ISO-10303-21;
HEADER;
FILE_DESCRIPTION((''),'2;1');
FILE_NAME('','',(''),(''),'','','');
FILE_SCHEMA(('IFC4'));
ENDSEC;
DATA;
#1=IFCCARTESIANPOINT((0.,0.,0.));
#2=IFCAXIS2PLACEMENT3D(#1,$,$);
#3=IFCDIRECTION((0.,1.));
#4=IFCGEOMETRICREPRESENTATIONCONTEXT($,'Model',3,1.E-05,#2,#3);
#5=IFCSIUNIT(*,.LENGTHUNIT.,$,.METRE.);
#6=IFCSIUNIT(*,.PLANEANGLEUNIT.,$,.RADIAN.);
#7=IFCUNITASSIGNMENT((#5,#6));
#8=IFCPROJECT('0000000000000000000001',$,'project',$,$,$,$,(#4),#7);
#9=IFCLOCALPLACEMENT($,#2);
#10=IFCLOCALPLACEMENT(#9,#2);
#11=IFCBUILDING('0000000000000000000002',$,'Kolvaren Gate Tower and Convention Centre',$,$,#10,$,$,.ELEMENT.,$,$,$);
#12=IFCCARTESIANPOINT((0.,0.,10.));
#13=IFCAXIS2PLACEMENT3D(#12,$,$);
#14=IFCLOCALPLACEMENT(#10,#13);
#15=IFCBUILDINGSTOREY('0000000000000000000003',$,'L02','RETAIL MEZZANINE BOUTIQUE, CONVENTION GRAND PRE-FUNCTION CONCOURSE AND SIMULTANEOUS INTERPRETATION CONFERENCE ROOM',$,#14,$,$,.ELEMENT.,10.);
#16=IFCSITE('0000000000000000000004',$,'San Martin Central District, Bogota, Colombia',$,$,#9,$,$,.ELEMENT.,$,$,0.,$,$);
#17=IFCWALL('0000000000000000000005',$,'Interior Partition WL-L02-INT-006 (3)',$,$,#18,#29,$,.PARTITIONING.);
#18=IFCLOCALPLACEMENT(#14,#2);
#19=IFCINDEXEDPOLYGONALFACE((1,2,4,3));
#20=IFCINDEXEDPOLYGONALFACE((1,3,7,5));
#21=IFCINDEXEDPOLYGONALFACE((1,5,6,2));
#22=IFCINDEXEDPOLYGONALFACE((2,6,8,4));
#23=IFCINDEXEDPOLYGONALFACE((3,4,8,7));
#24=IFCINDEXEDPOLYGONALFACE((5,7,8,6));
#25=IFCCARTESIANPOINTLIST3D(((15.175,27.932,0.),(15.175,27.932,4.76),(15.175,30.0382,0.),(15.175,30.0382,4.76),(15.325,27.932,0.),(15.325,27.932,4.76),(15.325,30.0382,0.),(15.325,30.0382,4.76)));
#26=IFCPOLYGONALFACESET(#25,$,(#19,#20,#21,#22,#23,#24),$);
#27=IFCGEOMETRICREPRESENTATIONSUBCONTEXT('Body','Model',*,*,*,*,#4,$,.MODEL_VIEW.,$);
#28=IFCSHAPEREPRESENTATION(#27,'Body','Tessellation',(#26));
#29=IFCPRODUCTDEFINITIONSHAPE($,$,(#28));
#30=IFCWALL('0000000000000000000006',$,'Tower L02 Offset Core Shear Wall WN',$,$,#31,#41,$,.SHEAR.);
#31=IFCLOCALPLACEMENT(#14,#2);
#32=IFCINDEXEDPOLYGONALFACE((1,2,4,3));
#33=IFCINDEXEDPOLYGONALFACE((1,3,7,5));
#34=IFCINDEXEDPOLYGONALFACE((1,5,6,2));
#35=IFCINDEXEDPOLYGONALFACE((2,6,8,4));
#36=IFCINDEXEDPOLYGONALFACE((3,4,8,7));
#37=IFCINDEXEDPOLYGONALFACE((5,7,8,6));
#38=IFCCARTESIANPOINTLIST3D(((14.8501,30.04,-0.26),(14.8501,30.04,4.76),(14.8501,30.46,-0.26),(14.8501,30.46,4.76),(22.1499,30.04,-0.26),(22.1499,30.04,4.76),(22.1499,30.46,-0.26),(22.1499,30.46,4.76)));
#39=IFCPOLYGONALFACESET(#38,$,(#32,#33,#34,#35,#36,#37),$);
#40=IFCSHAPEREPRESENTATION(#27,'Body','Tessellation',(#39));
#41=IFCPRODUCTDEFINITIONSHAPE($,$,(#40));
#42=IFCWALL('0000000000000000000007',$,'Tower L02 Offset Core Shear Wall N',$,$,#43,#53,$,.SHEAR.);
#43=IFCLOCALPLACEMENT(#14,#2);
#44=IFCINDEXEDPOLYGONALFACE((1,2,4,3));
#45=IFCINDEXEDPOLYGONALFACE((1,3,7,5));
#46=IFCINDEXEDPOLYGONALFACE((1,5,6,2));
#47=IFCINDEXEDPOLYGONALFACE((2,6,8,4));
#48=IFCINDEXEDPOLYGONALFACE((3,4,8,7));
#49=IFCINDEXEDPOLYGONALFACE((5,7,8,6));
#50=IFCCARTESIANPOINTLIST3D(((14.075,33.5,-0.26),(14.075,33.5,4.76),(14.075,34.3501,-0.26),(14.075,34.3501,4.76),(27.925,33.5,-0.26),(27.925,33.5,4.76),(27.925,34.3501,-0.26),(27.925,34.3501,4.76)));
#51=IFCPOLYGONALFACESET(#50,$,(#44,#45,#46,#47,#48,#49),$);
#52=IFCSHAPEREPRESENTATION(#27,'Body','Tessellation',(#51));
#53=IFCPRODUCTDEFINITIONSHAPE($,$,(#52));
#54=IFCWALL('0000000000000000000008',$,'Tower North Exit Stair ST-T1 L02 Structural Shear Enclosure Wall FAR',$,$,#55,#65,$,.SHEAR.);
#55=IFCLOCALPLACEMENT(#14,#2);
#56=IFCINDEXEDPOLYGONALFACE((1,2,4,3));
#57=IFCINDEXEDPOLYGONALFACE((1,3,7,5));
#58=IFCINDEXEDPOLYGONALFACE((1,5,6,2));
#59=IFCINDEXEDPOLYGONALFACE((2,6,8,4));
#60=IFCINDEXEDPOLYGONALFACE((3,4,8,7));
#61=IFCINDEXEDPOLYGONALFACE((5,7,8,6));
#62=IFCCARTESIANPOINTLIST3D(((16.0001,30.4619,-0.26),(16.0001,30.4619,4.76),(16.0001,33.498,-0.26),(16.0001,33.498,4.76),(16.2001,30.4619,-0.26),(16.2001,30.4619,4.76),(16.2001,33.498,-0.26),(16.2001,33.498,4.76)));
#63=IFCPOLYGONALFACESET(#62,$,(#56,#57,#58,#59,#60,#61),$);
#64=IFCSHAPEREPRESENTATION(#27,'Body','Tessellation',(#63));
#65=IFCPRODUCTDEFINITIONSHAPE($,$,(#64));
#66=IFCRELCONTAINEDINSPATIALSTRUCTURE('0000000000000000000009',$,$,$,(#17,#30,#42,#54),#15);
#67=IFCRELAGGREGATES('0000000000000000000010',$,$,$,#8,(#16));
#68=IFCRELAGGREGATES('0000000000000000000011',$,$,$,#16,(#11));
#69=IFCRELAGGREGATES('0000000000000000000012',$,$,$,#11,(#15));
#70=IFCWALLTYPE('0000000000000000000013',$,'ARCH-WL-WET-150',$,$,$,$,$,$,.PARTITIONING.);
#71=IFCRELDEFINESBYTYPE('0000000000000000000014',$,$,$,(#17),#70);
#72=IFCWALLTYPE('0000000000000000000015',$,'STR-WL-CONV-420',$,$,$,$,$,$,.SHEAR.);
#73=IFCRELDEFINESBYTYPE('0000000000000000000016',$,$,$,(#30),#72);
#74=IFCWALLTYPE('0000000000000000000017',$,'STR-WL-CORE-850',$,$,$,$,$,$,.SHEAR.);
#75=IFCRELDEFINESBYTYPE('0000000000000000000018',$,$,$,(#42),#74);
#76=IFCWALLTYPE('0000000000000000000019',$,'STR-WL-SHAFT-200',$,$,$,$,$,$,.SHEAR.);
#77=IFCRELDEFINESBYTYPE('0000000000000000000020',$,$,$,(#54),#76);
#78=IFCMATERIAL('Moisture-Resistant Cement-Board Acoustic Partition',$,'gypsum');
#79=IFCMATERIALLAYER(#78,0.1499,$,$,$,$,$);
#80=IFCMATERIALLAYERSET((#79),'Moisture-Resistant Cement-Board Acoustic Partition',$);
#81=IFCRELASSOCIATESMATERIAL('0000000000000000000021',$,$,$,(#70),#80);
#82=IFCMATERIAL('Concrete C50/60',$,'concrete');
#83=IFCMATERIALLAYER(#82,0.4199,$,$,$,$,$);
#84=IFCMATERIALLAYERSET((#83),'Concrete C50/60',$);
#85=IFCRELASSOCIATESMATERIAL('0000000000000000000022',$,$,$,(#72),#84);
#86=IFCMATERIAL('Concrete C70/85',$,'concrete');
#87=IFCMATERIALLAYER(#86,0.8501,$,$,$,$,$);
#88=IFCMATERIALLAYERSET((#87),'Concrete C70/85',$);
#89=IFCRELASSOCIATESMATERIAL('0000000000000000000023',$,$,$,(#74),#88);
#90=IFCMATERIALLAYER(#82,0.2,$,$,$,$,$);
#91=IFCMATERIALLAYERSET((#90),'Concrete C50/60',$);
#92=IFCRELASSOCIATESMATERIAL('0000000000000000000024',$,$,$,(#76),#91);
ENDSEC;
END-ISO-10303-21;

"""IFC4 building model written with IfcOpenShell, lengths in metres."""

from ifc_helpers import new_model, si_unit, direction, frame, frame_2d, origin, place, context, subcontext, project, spatial, rectangle, extrude, material, layer, layer_set, type_object, element, save


model = new_model("IFC4")

# Units and contexts
model_context = context("Model", 3, precision=1e-05, world=origin(), true_north=direction((0.0, 1.0)))
body_context = subcontext(model_context, "Body", "Model", "MODEL_VIEW")
ifc_project = project(units=[si_unit("LENGTHUNIT", "METRE"), si_unit("PLANEANGLEUNIT", "RADIAN")], contexts=[model_context])

# Site, building, storey
site_placement = place(None, origin())
site = spatial("IfcSite", under=ifc_project, at=site_placement, Name="San Martin Central District, Bogota, Colombia", CompositionType="ELEMENT", RefElevation=0.0)
building_placement = place(site_placement, origin())
building = spatial("IfcBuilding", under=site, at=building_placement, Name="Kolvaren Gate Tower and Convention Centre", CompositionType="ELEMENT")
storey_placement = place(building_placement, frame((0.0, 0.0, 10.0)))
storey = spatial("IfcBuildingStorey", under=building, at=storey_placement, Name="L02", Description="RETAIL MEZZANINE BOUTIQUE, CONVENTION GRAND PRE-FUNCTION CONCOURSE AND SIMULTANEOUS INTERPRETATION CONFERENCE ROOM", CompositionType="ELEMENT", Elevation=10.0)

# Walls
ifc_material_1 = material(Name="Moisture-Resistant Cement-Board Acoustic Partition", Category="gypsum")
ifc_layer_1 = layer(ifc_material_1, 0.1499)
ifc_layer_set_1 = layer_set([ifc_layer_1], Name="Moisture-Resistant Cement-Board Acoustic Partition")
wall_type_1 = type_object("IfcWallType", Name="ARCH-WL-WET-150", PredefinedType="PARTITIONING", material=ifc_layer_set_1)
wall_1_placement = place(storey_placement, frame((15.25, 27.9319, 0.0), z_axis=(0.0, 0.0, 1.0), x_axis=(0.0, 1.0, 0.0)))
element("IfcWall", 1, at=wall_1_placement, inside=storey, type_object=wall_type_1, Name="Interior Partition WL-L02-INT-006 (3)", PredefinedType="PARTITIONING", context=body_context, shape_type="SweptSolid", body=[
    extrude(rectangle(XDim=2.1062, YDim=0.1499, at=frame_2d((1.0532, 0.0))), origin(), (0.0, 0.0, 1.0), 4.76),
])
ifc_material_2 = material(Name="Concrete C50/60", Category="concrete")
ifc_layer_2 = layer(ifc_material_2, 0.4199)
ifc_layer_set_2 = layer_set([ifc_layer_2], Name="Concrete C50/60")
wall_type_2 = type_object("IfcWallType", Name="STR-WL-CONV-420", PredefinedType="SHEAR", material=ifc_layer_set_2)
wall_2_placement = place(storey_placement, frame((14.8501, 30.25, -0.26), z_axis=(0.0, 0.0, 1.0), x_axis=(1.0, 0.0, 0.0)))
element("IfcWall", 2, at=wall_2_placement, inside=storey, type_object=wall_type_2, Name="Tower L02 Offset Core Shear Wall WN", PredefinedType="SHEAR", context=body_context, shape_type="SweptSolid", body=[
    extrude(rectangle(XDim=7.2998, YDim=0.4199, at=frame_2d((3.6499, 0.0))), origin(), (0.0, 0.0, 1.0), 5.02),
])
ifc_material_3 = material(Name="Concrete C70/85", Category="concrete")
ifc_layer_3 = layer(ifc_material_3, 0.8501)
ifc_layer_set_3 = layer_set([ifc_layer_3], Name="Concrete C70/85")
wall_type_3 = type_object("IfcWallType", Name="STR-WL-CORE-850", PredefinedType="SHEAR", material=ifc_layer_set_3)
wall_3_placement = place(storey_placement, frame((14.075, 33.925, -0.26), z_axis=(0.0, 0.0, 1.0), x_axis=(1.0, 0.0, 0.0)))
element("IfcWall", 3, at=wall_3_placement, inside=storey, type_object=wall_type_3, Name="Tower L02 Offset Core Shear Wall N", PredefinedType="SHEAR", context=body_context, shape_type="SweptSolid", body=[
    extrude(rectangle(XDim=13.8501, YDim=0.8501, at=frame_2d((6.925, 0.0))), origin(), (0.0, 0.0, 1.0), 5.02),
])
ifc_layer_4 = layer(ifc_material_2, 0.2)
ifc_layer_set_4 = layer_set([ifc_layer_4], Name="Concrete C50/60")
wall_type_4 = type_object("IfcWallType", Name="STR-WL-SHAFT-200", PredefinedType="SHEAR", material=ifc_layer_set_4)
wall_4_placement = place(storey_placement, frame((16.1001, 30.4619, -0.26), z_axis=(0.0, 0.0, 1.0), x_axis=(0.0, 1.0, 0.0)))
element("IfcWall", 4, at=wall_4_placement, inside=storey, type_object=wall_type_4, Name="Tower North Exit Stair ST-T1 L02 Structural Shear Enclosure Wall FAR", PredefinedType="SHEAR", context=body_context, shape_type="SweptSolid", body=[
    extrude(rectangle(XDim=3.0361, YDim=0.2, at=frame_2d((1.5181, 0.0))), origin(), (0.0, 0.0, 1.0), 5.02),
])

save(model, "model.ifc")
